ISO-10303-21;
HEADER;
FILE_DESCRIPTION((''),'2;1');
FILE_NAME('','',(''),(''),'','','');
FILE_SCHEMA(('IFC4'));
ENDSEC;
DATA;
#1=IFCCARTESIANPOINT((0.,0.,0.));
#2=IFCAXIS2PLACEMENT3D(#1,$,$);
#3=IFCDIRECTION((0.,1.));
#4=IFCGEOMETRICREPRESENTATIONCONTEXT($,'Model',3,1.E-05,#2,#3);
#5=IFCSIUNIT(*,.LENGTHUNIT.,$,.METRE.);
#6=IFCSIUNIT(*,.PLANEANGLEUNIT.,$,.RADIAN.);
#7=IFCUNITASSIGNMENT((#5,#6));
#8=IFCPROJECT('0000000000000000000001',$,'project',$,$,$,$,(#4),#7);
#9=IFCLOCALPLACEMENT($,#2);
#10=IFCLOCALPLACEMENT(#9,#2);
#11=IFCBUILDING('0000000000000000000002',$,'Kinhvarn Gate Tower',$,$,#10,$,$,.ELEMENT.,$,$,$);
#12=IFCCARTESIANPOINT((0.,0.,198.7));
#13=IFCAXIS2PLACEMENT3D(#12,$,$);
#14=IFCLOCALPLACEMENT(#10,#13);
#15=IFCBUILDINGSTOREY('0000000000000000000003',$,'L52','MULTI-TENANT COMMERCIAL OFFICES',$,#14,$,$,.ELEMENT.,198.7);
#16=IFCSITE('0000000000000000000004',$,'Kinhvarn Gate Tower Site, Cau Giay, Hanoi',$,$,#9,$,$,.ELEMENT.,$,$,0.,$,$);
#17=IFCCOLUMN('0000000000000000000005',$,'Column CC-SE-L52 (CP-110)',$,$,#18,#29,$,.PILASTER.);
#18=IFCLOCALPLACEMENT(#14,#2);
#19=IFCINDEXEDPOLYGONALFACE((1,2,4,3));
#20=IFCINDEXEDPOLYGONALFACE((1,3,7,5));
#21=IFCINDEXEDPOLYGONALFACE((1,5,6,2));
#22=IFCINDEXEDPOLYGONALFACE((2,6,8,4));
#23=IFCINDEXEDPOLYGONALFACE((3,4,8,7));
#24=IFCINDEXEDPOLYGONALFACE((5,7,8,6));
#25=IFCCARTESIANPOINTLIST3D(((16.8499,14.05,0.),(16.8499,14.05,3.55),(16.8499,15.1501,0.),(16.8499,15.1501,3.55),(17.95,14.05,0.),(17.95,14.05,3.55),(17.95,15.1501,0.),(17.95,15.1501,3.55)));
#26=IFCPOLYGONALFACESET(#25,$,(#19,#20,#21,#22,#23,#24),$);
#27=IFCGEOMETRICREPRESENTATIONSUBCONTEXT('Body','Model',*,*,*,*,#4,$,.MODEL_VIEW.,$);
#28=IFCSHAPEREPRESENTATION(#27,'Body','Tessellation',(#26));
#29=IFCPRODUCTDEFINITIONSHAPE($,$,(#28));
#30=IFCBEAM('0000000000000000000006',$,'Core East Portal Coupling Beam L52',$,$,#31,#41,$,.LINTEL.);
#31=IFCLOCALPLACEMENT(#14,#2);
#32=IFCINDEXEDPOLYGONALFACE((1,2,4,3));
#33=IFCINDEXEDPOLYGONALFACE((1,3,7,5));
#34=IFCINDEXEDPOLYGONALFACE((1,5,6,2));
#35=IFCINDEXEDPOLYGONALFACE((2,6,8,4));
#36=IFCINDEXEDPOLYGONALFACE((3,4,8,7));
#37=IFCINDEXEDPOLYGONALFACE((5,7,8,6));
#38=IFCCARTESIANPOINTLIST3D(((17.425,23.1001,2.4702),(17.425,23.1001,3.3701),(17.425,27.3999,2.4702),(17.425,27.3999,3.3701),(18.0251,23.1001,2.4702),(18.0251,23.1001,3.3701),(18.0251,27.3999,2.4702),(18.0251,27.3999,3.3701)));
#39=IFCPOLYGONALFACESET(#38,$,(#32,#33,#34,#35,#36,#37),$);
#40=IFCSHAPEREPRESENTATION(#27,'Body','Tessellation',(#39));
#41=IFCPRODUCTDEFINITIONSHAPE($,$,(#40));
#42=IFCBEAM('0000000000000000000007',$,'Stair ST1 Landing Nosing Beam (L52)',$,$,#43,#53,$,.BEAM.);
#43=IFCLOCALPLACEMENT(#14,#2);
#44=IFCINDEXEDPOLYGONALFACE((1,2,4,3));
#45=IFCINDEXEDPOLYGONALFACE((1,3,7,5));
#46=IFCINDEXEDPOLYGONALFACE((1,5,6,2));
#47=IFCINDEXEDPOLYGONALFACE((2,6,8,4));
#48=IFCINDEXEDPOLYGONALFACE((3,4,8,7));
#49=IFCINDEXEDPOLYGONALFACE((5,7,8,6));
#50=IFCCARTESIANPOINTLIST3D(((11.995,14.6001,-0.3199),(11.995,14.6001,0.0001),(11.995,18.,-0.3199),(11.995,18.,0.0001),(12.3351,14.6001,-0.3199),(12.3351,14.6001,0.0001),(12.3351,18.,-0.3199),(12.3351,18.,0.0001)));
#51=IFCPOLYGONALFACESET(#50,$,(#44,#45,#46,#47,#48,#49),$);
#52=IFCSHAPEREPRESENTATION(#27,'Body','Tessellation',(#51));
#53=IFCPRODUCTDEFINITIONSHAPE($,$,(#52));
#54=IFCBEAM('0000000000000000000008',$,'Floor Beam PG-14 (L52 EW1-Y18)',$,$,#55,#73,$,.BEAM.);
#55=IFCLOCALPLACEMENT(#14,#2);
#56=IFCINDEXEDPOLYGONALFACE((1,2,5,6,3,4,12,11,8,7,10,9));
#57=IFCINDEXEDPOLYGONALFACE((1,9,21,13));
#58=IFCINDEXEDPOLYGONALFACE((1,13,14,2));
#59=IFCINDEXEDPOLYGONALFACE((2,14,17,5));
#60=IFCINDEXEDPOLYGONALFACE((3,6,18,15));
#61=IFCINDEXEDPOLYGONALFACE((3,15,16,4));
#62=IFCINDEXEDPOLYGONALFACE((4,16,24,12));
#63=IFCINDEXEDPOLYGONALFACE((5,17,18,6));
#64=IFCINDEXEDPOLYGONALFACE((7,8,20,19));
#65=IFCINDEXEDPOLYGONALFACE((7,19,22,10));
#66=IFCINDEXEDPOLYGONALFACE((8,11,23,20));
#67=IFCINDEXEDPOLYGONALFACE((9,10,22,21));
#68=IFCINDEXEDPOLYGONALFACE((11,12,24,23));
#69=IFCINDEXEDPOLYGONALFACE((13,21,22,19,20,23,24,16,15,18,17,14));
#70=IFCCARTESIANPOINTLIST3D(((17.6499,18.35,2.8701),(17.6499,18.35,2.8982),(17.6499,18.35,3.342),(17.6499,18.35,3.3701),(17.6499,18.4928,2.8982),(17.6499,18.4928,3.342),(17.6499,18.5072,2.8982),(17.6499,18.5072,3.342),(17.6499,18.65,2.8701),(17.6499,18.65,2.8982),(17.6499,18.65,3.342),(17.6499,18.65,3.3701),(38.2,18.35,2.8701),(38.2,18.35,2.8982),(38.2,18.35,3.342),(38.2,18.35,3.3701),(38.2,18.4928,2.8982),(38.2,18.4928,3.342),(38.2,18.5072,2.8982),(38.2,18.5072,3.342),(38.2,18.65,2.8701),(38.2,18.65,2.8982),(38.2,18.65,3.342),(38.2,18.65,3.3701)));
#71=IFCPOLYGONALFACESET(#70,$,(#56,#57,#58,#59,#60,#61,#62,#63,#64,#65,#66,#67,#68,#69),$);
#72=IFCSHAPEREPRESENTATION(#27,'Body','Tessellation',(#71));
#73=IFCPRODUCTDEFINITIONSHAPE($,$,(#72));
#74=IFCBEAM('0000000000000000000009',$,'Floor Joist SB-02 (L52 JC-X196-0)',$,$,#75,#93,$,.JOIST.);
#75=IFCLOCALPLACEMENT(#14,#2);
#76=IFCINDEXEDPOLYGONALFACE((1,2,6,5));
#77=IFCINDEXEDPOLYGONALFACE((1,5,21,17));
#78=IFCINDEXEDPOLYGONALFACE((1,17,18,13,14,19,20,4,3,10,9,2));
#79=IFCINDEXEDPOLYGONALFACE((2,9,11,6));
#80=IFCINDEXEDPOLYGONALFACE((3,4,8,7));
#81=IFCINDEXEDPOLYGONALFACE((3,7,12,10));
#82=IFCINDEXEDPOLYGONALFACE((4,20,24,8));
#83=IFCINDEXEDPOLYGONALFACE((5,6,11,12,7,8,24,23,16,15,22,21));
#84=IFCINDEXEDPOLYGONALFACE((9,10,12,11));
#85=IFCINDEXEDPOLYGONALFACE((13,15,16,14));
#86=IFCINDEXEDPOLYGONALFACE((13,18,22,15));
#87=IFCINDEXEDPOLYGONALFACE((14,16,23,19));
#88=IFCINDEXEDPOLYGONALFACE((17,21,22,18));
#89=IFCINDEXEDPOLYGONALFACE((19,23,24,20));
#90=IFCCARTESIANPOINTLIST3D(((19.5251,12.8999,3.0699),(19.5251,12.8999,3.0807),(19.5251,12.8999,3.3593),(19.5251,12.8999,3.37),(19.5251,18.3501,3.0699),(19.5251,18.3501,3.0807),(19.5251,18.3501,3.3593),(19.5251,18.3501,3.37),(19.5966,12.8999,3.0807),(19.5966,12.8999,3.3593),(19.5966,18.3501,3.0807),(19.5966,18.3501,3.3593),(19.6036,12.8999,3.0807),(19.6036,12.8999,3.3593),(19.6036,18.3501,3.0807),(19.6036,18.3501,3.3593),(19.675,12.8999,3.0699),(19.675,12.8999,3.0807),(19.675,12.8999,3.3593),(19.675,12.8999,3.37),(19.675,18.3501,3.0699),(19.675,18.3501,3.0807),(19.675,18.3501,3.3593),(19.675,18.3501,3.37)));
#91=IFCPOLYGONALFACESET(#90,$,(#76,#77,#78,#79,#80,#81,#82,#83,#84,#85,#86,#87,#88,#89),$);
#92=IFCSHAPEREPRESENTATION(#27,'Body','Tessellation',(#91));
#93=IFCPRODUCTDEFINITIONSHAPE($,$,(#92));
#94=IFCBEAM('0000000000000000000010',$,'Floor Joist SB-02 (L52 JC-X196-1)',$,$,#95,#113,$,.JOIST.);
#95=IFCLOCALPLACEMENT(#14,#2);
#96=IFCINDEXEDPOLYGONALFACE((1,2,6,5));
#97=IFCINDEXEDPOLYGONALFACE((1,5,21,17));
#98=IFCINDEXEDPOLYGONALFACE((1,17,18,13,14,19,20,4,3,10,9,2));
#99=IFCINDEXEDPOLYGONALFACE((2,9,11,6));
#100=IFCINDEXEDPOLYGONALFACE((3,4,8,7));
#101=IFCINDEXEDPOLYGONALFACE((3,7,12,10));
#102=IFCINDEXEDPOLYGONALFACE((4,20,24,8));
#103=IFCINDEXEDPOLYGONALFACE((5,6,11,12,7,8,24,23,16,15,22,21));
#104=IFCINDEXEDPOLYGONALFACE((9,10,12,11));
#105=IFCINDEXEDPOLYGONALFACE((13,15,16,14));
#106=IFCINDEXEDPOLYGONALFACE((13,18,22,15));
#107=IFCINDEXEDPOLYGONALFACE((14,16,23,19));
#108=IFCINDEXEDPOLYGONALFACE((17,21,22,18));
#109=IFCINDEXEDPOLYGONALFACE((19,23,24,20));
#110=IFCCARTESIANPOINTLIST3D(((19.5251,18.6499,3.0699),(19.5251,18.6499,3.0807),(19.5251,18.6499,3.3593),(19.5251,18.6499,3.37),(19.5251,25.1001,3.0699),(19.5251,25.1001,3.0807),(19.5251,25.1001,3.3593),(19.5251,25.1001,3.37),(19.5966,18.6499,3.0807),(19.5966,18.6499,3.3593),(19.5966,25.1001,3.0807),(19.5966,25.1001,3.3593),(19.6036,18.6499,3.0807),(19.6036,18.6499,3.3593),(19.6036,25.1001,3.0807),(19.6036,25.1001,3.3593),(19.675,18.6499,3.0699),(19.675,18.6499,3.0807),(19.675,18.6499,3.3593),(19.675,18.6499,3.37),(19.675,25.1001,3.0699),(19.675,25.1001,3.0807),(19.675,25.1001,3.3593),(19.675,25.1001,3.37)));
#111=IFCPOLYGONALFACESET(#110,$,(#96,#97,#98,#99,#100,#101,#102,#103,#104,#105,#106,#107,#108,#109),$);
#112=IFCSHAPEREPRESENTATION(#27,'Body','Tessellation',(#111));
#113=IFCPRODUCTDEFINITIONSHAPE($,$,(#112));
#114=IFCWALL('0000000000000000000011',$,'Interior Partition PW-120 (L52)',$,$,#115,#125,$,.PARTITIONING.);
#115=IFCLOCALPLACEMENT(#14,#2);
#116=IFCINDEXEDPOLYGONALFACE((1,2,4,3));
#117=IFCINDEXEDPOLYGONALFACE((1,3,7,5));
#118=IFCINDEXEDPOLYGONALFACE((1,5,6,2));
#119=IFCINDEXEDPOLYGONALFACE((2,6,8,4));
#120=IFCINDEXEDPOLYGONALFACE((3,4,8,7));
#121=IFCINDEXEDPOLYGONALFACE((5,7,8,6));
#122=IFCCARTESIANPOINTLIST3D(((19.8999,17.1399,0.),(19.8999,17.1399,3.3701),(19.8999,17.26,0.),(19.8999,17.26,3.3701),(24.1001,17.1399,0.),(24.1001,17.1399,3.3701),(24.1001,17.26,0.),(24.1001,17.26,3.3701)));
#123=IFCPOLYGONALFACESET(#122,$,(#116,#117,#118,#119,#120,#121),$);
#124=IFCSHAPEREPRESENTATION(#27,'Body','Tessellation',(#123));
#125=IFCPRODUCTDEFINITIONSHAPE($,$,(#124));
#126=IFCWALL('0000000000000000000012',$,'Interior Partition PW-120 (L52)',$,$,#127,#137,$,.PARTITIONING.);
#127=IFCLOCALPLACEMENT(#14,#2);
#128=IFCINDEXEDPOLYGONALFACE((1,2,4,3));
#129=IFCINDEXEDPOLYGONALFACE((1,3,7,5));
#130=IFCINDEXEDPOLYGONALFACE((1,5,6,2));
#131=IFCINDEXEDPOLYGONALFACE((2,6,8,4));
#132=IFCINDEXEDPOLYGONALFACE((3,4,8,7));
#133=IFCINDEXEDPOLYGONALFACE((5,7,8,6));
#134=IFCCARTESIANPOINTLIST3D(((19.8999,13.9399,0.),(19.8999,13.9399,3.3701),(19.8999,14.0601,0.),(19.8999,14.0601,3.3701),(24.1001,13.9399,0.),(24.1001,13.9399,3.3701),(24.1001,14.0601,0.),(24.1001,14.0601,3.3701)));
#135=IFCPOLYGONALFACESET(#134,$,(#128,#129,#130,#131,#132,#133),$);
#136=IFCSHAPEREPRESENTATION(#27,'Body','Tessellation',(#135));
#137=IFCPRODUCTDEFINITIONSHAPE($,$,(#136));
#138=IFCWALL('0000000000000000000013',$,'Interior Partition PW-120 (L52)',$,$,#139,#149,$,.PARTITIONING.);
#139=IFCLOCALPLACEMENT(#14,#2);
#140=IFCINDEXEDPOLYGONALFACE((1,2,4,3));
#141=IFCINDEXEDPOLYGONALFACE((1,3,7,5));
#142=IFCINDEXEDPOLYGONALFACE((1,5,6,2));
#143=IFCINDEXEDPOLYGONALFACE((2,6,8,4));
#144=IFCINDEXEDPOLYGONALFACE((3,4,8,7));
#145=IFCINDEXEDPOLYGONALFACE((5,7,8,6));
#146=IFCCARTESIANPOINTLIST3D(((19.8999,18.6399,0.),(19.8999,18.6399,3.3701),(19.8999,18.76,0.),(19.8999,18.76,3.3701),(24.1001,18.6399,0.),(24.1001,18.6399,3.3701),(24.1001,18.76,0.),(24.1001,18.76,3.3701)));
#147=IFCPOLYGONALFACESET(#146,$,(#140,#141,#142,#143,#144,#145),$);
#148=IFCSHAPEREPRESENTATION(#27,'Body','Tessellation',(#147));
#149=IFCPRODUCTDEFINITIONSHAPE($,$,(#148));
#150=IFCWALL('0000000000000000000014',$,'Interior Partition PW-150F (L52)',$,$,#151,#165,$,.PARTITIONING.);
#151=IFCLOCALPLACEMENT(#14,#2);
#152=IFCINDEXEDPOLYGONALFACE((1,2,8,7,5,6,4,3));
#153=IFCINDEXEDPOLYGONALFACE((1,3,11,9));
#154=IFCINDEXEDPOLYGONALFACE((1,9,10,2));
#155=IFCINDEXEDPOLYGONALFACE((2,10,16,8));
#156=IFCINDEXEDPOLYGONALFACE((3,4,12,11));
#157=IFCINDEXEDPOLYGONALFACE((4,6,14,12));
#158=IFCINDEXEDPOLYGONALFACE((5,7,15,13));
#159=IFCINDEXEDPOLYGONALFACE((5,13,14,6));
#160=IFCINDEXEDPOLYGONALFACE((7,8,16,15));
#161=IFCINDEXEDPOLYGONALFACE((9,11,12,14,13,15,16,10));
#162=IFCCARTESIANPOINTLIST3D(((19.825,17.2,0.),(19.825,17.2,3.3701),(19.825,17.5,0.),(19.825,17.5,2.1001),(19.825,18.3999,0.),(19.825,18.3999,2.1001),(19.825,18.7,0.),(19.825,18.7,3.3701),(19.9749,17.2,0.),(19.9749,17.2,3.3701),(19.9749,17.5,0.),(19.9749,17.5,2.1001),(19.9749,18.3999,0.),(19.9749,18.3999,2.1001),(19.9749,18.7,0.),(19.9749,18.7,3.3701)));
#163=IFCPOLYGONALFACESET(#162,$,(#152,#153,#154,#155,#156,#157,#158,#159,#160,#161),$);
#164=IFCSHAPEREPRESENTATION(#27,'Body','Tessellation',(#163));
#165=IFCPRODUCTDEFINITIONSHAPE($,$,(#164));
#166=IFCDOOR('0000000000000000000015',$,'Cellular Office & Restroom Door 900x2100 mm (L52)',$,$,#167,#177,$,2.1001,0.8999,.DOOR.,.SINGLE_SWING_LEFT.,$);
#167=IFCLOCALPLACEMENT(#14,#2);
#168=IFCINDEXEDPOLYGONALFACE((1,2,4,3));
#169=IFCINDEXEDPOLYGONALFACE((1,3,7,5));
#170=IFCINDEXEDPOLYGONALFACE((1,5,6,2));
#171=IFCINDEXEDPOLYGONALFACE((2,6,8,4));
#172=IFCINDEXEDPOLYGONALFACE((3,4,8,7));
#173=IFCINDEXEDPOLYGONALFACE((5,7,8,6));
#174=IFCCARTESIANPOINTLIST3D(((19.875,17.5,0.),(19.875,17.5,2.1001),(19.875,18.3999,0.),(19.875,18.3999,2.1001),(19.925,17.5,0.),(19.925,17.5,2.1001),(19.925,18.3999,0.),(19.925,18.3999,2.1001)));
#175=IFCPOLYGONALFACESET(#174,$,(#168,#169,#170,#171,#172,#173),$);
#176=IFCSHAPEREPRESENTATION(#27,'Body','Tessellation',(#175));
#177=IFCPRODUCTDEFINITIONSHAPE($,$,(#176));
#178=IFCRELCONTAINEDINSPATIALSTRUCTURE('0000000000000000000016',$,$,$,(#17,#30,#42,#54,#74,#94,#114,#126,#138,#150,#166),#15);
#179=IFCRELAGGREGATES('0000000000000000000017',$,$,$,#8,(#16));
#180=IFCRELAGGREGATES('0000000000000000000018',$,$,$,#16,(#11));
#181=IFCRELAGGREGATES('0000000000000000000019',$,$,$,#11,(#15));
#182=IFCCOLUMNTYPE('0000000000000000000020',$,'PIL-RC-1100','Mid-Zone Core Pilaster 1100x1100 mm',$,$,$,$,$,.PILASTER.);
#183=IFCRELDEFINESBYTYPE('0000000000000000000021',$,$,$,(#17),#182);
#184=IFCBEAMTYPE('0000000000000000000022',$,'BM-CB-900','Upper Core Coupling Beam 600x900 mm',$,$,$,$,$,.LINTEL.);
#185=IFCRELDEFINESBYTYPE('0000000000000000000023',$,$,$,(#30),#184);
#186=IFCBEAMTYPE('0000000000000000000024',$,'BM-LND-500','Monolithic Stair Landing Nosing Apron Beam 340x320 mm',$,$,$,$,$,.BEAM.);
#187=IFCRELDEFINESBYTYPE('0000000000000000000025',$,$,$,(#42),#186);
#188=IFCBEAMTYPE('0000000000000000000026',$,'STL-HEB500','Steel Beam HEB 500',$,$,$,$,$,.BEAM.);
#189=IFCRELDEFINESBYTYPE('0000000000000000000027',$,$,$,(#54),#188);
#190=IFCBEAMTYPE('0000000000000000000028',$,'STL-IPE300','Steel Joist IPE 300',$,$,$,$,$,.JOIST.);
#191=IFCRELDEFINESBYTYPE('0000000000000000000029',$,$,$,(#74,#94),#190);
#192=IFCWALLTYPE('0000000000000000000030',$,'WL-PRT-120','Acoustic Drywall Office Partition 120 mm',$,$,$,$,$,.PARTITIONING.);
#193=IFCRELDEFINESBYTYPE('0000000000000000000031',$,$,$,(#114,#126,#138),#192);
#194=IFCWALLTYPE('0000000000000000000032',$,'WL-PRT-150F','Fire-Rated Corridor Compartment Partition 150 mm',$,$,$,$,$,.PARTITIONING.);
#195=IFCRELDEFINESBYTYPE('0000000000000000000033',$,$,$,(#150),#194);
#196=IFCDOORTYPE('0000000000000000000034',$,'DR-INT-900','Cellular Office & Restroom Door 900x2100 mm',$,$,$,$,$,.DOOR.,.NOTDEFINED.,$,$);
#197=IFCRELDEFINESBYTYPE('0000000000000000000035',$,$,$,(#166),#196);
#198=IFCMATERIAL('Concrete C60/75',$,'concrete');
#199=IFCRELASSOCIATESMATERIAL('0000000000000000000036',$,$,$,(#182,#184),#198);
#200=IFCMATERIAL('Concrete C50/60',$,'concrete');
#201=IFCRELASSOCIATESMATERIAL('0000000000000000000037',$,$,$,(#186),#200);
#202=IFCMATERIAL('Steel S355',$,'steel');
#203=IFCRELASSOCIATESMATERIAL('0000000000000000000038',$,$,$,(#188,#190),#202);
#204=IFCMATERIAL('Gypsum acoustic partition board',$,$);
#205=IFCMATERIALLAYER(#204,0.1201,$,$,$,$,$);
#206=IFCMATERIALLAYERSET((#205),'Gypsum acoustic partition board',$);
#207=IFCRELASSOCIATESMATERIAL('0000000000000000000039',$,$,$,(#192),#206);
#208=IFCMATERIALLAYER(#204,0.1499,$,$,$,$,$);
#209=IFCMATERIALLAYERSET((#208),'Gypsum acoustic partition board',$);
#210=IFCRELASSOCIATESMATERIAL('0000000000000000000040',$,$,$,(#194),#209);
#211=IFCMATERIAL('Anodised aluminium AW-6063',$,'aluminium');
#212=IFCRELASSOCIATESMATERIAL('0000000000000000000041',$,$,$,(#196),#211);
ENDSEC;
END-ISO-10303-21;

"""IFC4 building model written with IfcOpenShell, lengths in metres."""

from ifc_helpers import new_model, si_unit, direction, frame, frame_2d, origin, origin_2d, place, context, subcontext, project, spatial, rectangle, i_section, extrude, material, layer, layer_set, material_profile, profile_set, type_object, element, fill, save


model = new_model("IFC4")

# Units and contexts
model_context = context("Model", 3, precision=1e-05, world=origin(), true_north=direction((0.0, 1.0)))
body_context = subcontext(model_context, "Body", "Model", "MODEL_VIEW")
ifc_project = project(units=[si_unit("LENGTHUNIT", "METRE"), si_unit("PLANEANGLEUNIT", "RADIAN")], contexts=[model_context])

# Site, building, storey
site_placement = place(None, origin())
site = spatial("IfcSite", under=ifc_project, at=site_placement, Name="Kinhvarn Gate Tower Site, Cau Giay, Hanoi", CompositionType="ELEMENT", RefElevation=0.0)
building_placement = place(site_placement, origin())
building = spatial("IfcBuilding", under=site, at=building_placement, Name="Kinhvarn Gate Tower", CompositionType="ELEMENT")
storey_placement = place(building_placement, frame((0.0, 0.0, 198.7)))
storey = spatial("IfcBuildingStorey", under=building, at=storey_placement, Name="L52", Description="MULTI-TENANT COMMERCIAL OFFICES", CompositionType="ELEMENT", Elevation=198.7)

# Column
ifc_material_1 = material(Name="Concrete C60/75", Category="concrete")
ifc_material_profile_1 = material_profile(ifc_material_1, rectangle(XDim=1.1001, YDim=1.1001, at=origin_2d()), Name="RC 1100x1100")
ifc_profile_set_1 = profile_set([ifc_material_profile_1], Name="Concrete C60/75")
column_type = type_object("IfcColumnType", Name="PIL-RC-1100", Description="Mid-Zone Core Pilaster 1100x1100 mm", PredefinedType="PILASTER", material=ifc_profile_set_1)
column_placement = place(storey_placement, frame((17.3999, 14.6001, 0.0), z_axis=(0.0, 0.0, 1.0), x_axis=(1.0, 0.0, 0.0)))
element("IfcColumn", 1, at=column_placement, inside=storey, type_object=column_type, Name="Column CC-SE-L52 (CP-110)", PredefinedType="PILASTER", context=body_context, shape_type="SweptSolid", body=[
    extrude(rectangle(XDim=1.1001, YDim=1.1001, at=origin_2d()), origin(), (0.0, 0.0, 1.0), 3.55),
])

# Beams
ifc_material_profile_2 = material_profile(ifc_material_1, rectangle(XDim=0.6001, YDim=0.8999, at=origin_2d()), Name="RC 600x900")
ifc_profile_set_2 = profile_set([ifc_material_profile_2], Name="Concrete C60/75")
beam_type_1 = type_object("IfcBeamType", Name="BM-CB-900", Description="Upper Core Coupling Beam 600x900 mm", PredefinedType="LINTEL", material=ifc_profile_set_2)
beam_1_placement = place(storey_placement, frame((17.7251, 23.1001, 2.9202), z_axis=(0.0, 1.0, 0.0), x_axis=(-1.0, 0.0, 0.0)))
element("IfcBeam", 2, at=beam_1_placement, inside=storey, type_object=beam_type_1, Name="Core East Portal Coupling Beam L52", PredefinedType="LINTEL", context=body_context, shape_type="SweptSolid", body=[
    extrude(rectangle(XDim=0.6001, YDim=0.8999, at=origin_2d()), origin(), (0.0, 0.0, 1.0), 4.2998),
])
ifc_material_2 = material(Name="Concrete C50/60", Category="concrete")
ifc_material_profile_3 = material_profile(ifc_material_2, rectangle(XDim=0.3401, YDim=0.3201, at=origin_2d()), Name="RC 340x320")
ifc_profile_set_3 = profile_set([ifc_material_profile_3], Name="Concrete C50/60")
beam_type_2 = type_object("IfcBeamType", Name="BM-LND-500", Description="Monolithic Stair Landing Nosing Apron Beam 340x320 mm", PredefinedType="BEAM", material=ifc_profile_set_3)
beam_2_placement = place(storey_placement, frame((12.165, 14.6001, -0.1599), z_axis=(0.0, 1.0, 0.0), x_axis=(-1.0, 0.0, 0.0)))
element("IfcBeam", 3, at=beam_2_placement, inside=storey, type_object=beam_type_2, Name="Stair ST1 Landing Nosing Beam (L52)", PredefinedType="BEAM", context=body_context, shape_type="SweptSolid", body=[
    extrude(rectangle(XDim=0.3401, YDim=0.3201, at=origin_2d()), origin(), (0.0, 0.0, 1.0), 3.3999),
])
ifc_material_3 = material(Name="Steel S355", Category="steel")
ifc_material_profile_4 = material_profile(ifc_material_3, i_section(OverallWidth=0.3, OverallDepth=0.5, WebThickness=0.0144, FlangeThickness=0.0281, at=origin_2d()), Name="HEB 500")
ifc_profile_set_4 = profile_set([ifc_material_profile_4], Name="Steel S355")
beam_type_3 = type_object("IfcBeamType", Name="STL-HEB500", Description="Steel Beam HEB 500", PredefinedType="BEAM", material=ifc_profile_set_4)
beam_3_placement = place(storey_placement, frame((17.6499, 18.5, 3.1201), z_axis=(1.0, 0.0, 0.0), x_axis=(0.0, 1.0, 0.0)))
element("IfcBeam", 4, at=beam_3_placement, inside=storey, type_object=beam_type_3, Name="Floor Beam PG-14 (L52 EW1-Y18)", PredefinedType="BEAM", context=body_context, shape_type="SweptSolid", body=[
    extrude(i_section(OverallWidth=0.3, OverallDepth=0.5, WebThickness=0.0144, FlangeThickness=0.0281, at=origin_2d()), origin(), (0.0, 0.0, 1.0), 20.55),
])
ifc_material_profile_5 = material_profile(ifc_material_3, i_section(OverallWidth=0.1499, OverallDepth=0.3, WebThickness=0.0071, FlangeThickness=0.0107, at=origin_2d()), Name="IPE 300")
ifc_profile_set_5 = profile_set([ifc_material_profile_5], Name="Steel S355")
beam_type_4 = type_object("IfcBeamType", Name="STL-IPE300", Description="Steel Joist IPE 300", PredefinedType="JOIST", material=ifc_profile_set_5)
beam_4_placement = place(storey_placement, frame((19.6001, 12.8999, 3.22), z_axis=(0.0, 1.0, 0.0), x_axis=(-1.0, 0.0, 0.0)))
element("IfcBeam", 5, at=beam_4_placement, inside=storey, type_object=beam_type_4, Name="Floor Joist SB-02 (L52 JC-X196-0)", PredefinedType="JOIST", context=body_context, shape_type="SweptSolid", body=[
    extrude(i_section(OverallWidth=0.1499, OverallDepth=0.3, WebThickness=0.0071, FlangeThickness=0.0107, at=origin_2d()), origin(), (0.0, 0.0, 1.0), 5.4502),
])
beam_5_placement = place(storey_placement, frame((19.6001, 18.6499, 3.22), z_axis=(0.0, 1.0, 0.0), x_axis=(-1.0, 0.0, 0.0)))
element("IfcBeam", 6, at=beam_5_placement, inside=storey, type_object=beam_type_4, Name="Floor Joist SB-02 (L52 JC-X196-1)", PredefinedType="JOIST", context=body_context, shape_type="SweptSolid", body=[
    extrude(i_section(OverallWidth=0.1499, OverallDepth=0.3, WebThickness=0.0071, FlangeThickness=0.0107, at=origin_2d()), origin(), (0.0, 0.0, 1.0), 6.4502),
])

# Shared definitions
ifc_material_4 = material(Name="Anodised aluminium AW-6063", Category="aluminium")

# Walls
ifc_material_5 = material(Name="Gypsum acoustic partition board")
ifc_layer_1 = layer(ifc_material_5, 0.1201)
ifc_layer_set_1 = layer_set([ifc_layer_1], Name="Gypsum acoustic partition board")
wall_type_1 = type_object("IfcWallType", Name="WL-PRT-120", Description="Acoustic Drywall Office Partition 120 mm", PredefinedType="PARTITIONING", material=ifc_layer_set_1)
for number, where, z_axis, x_axis, name in (
    (7, (19.8999, 17.2, 0.0), (0.0, 0.0, 1.0), (1.0, 0.0, 0.0), "Interior Partition PW-120 (L52)"),
    (8, (19.8999, 14.0, 0.0), (0.0, 0.0, 1.0), (1.0, 0.0, 0.0), "Interior Partition PW-120 (L52)"),
    (9, (19.8999, 18.7, 0.0), (0.0, 0.0, 1.0), (1.0, 0.0, 0.0), "Interior Partition PW-120 (L52)"),
):
    element("IfcWall", number, at=place(storey_placement, frame(where, z_axis=z_axis, x_axis=x_axis)), inside=storey, type_object=wall_type_1, Name=name, PredefinedType="PARTITIONING", context=body_context, shape_type="SweptSolid", body=[
        extrude(rectangle(XDim=4.2002, YDim=0.1201, at=frame_2d((2.1001, 0.0))), origin(), (0.0, 0.0, 1.0), 3.3701),
    ])

# Wall, opening, door
ifc_layer_2 = layer(ifc_material_5, 0.1499)
ifc_layer_set_2 = layer_set([ifc_layer_2], Name="Gypsum acoustic partition board")
wall_type_2 = type_object("IfcWallType", Name="WL-PRT-150F", Description="Fire-Rated Corridor Compartment Partition 150 mm", PredefinedType="PARTITIONING", material=ifc_layer_set_2)
wall_1_placement = place(storey_placement, frame((19.8999, 17.2, 0.0), z_axis=(0.0, 0.0, 1.0), x_axis=(0.0, 1.0, 0.0)))
wall_1 = element("IfcWall", 10, at=wall_1_placement, inside=storey, type_object=wall_type_2, Name="Interior Partition PW-150F (L52)", PredefinedType="PARTITIONING", context=body_context, shape_type="SweptSolid", body=[
    extrude(rectangle(XDim=1.5, YDim=0.1499, at=frame_2d((0.75, 0.0))), origin(), (0.0, 0.0, 1.0), 3.3701),
])
opening_1_placement = place(wall_1_placement, frame((0.3, 0.0, 0.0)))
opening_1 = element("IfcOpeningElement", 11, at=opening_1_placement, cuts=wall_1, PredefinedType="OPENING", context=body_context, shape_type="SweptSolid", body=[
    extrude(rectangle(XDim=0.8999, YDim=2.1001, at=frame_2d((0.45, 1.05))), frame((0.0, 0.085, 0.0), z_axis=(0.0, -1.0, 0.0), x_axis=(1.0, 0.0, 0.0)), (0.0, 0.0, 1.0), 0.1699),
])
door_type_1 = type_object("IfcDoorType", Name="DR-INT-900", Description="Cellular Office & Restroom Door 900x2100 mm", OperationType="NOTDEFINED", PredefinedType="DOOR", material=ifc_material_4)
door_1_placement = place(opening_1_placement, origin())
door_1 = element("IfcDoor", 12, at=door_1_placement, inside=storey, type_object=door_type_1, Name="Cellular Office & Restroom Door 900x2100 mm (L52)", OperationType="SINGLE_SWING_LEFT", OverallHeight=2.1001, OverallWidth=0.8999, PredefinedType="DOOR", context=body_context, shape_type="SweptSolid", body=[
    extrude(rectangle(XDim=0.8999, YDim=2.1001, at=frame_2d((0.45, 1.05))), frame((0.0, 0.0249, 0.0), z_axis=(0.0, -1.0, 0.0), x_axis=(1.0, 0.0, 0.0)), (0.0, 0.0, 1.0), 0.05),
])
fill(opening_1, door_1)

save(model, "model.ifc")
